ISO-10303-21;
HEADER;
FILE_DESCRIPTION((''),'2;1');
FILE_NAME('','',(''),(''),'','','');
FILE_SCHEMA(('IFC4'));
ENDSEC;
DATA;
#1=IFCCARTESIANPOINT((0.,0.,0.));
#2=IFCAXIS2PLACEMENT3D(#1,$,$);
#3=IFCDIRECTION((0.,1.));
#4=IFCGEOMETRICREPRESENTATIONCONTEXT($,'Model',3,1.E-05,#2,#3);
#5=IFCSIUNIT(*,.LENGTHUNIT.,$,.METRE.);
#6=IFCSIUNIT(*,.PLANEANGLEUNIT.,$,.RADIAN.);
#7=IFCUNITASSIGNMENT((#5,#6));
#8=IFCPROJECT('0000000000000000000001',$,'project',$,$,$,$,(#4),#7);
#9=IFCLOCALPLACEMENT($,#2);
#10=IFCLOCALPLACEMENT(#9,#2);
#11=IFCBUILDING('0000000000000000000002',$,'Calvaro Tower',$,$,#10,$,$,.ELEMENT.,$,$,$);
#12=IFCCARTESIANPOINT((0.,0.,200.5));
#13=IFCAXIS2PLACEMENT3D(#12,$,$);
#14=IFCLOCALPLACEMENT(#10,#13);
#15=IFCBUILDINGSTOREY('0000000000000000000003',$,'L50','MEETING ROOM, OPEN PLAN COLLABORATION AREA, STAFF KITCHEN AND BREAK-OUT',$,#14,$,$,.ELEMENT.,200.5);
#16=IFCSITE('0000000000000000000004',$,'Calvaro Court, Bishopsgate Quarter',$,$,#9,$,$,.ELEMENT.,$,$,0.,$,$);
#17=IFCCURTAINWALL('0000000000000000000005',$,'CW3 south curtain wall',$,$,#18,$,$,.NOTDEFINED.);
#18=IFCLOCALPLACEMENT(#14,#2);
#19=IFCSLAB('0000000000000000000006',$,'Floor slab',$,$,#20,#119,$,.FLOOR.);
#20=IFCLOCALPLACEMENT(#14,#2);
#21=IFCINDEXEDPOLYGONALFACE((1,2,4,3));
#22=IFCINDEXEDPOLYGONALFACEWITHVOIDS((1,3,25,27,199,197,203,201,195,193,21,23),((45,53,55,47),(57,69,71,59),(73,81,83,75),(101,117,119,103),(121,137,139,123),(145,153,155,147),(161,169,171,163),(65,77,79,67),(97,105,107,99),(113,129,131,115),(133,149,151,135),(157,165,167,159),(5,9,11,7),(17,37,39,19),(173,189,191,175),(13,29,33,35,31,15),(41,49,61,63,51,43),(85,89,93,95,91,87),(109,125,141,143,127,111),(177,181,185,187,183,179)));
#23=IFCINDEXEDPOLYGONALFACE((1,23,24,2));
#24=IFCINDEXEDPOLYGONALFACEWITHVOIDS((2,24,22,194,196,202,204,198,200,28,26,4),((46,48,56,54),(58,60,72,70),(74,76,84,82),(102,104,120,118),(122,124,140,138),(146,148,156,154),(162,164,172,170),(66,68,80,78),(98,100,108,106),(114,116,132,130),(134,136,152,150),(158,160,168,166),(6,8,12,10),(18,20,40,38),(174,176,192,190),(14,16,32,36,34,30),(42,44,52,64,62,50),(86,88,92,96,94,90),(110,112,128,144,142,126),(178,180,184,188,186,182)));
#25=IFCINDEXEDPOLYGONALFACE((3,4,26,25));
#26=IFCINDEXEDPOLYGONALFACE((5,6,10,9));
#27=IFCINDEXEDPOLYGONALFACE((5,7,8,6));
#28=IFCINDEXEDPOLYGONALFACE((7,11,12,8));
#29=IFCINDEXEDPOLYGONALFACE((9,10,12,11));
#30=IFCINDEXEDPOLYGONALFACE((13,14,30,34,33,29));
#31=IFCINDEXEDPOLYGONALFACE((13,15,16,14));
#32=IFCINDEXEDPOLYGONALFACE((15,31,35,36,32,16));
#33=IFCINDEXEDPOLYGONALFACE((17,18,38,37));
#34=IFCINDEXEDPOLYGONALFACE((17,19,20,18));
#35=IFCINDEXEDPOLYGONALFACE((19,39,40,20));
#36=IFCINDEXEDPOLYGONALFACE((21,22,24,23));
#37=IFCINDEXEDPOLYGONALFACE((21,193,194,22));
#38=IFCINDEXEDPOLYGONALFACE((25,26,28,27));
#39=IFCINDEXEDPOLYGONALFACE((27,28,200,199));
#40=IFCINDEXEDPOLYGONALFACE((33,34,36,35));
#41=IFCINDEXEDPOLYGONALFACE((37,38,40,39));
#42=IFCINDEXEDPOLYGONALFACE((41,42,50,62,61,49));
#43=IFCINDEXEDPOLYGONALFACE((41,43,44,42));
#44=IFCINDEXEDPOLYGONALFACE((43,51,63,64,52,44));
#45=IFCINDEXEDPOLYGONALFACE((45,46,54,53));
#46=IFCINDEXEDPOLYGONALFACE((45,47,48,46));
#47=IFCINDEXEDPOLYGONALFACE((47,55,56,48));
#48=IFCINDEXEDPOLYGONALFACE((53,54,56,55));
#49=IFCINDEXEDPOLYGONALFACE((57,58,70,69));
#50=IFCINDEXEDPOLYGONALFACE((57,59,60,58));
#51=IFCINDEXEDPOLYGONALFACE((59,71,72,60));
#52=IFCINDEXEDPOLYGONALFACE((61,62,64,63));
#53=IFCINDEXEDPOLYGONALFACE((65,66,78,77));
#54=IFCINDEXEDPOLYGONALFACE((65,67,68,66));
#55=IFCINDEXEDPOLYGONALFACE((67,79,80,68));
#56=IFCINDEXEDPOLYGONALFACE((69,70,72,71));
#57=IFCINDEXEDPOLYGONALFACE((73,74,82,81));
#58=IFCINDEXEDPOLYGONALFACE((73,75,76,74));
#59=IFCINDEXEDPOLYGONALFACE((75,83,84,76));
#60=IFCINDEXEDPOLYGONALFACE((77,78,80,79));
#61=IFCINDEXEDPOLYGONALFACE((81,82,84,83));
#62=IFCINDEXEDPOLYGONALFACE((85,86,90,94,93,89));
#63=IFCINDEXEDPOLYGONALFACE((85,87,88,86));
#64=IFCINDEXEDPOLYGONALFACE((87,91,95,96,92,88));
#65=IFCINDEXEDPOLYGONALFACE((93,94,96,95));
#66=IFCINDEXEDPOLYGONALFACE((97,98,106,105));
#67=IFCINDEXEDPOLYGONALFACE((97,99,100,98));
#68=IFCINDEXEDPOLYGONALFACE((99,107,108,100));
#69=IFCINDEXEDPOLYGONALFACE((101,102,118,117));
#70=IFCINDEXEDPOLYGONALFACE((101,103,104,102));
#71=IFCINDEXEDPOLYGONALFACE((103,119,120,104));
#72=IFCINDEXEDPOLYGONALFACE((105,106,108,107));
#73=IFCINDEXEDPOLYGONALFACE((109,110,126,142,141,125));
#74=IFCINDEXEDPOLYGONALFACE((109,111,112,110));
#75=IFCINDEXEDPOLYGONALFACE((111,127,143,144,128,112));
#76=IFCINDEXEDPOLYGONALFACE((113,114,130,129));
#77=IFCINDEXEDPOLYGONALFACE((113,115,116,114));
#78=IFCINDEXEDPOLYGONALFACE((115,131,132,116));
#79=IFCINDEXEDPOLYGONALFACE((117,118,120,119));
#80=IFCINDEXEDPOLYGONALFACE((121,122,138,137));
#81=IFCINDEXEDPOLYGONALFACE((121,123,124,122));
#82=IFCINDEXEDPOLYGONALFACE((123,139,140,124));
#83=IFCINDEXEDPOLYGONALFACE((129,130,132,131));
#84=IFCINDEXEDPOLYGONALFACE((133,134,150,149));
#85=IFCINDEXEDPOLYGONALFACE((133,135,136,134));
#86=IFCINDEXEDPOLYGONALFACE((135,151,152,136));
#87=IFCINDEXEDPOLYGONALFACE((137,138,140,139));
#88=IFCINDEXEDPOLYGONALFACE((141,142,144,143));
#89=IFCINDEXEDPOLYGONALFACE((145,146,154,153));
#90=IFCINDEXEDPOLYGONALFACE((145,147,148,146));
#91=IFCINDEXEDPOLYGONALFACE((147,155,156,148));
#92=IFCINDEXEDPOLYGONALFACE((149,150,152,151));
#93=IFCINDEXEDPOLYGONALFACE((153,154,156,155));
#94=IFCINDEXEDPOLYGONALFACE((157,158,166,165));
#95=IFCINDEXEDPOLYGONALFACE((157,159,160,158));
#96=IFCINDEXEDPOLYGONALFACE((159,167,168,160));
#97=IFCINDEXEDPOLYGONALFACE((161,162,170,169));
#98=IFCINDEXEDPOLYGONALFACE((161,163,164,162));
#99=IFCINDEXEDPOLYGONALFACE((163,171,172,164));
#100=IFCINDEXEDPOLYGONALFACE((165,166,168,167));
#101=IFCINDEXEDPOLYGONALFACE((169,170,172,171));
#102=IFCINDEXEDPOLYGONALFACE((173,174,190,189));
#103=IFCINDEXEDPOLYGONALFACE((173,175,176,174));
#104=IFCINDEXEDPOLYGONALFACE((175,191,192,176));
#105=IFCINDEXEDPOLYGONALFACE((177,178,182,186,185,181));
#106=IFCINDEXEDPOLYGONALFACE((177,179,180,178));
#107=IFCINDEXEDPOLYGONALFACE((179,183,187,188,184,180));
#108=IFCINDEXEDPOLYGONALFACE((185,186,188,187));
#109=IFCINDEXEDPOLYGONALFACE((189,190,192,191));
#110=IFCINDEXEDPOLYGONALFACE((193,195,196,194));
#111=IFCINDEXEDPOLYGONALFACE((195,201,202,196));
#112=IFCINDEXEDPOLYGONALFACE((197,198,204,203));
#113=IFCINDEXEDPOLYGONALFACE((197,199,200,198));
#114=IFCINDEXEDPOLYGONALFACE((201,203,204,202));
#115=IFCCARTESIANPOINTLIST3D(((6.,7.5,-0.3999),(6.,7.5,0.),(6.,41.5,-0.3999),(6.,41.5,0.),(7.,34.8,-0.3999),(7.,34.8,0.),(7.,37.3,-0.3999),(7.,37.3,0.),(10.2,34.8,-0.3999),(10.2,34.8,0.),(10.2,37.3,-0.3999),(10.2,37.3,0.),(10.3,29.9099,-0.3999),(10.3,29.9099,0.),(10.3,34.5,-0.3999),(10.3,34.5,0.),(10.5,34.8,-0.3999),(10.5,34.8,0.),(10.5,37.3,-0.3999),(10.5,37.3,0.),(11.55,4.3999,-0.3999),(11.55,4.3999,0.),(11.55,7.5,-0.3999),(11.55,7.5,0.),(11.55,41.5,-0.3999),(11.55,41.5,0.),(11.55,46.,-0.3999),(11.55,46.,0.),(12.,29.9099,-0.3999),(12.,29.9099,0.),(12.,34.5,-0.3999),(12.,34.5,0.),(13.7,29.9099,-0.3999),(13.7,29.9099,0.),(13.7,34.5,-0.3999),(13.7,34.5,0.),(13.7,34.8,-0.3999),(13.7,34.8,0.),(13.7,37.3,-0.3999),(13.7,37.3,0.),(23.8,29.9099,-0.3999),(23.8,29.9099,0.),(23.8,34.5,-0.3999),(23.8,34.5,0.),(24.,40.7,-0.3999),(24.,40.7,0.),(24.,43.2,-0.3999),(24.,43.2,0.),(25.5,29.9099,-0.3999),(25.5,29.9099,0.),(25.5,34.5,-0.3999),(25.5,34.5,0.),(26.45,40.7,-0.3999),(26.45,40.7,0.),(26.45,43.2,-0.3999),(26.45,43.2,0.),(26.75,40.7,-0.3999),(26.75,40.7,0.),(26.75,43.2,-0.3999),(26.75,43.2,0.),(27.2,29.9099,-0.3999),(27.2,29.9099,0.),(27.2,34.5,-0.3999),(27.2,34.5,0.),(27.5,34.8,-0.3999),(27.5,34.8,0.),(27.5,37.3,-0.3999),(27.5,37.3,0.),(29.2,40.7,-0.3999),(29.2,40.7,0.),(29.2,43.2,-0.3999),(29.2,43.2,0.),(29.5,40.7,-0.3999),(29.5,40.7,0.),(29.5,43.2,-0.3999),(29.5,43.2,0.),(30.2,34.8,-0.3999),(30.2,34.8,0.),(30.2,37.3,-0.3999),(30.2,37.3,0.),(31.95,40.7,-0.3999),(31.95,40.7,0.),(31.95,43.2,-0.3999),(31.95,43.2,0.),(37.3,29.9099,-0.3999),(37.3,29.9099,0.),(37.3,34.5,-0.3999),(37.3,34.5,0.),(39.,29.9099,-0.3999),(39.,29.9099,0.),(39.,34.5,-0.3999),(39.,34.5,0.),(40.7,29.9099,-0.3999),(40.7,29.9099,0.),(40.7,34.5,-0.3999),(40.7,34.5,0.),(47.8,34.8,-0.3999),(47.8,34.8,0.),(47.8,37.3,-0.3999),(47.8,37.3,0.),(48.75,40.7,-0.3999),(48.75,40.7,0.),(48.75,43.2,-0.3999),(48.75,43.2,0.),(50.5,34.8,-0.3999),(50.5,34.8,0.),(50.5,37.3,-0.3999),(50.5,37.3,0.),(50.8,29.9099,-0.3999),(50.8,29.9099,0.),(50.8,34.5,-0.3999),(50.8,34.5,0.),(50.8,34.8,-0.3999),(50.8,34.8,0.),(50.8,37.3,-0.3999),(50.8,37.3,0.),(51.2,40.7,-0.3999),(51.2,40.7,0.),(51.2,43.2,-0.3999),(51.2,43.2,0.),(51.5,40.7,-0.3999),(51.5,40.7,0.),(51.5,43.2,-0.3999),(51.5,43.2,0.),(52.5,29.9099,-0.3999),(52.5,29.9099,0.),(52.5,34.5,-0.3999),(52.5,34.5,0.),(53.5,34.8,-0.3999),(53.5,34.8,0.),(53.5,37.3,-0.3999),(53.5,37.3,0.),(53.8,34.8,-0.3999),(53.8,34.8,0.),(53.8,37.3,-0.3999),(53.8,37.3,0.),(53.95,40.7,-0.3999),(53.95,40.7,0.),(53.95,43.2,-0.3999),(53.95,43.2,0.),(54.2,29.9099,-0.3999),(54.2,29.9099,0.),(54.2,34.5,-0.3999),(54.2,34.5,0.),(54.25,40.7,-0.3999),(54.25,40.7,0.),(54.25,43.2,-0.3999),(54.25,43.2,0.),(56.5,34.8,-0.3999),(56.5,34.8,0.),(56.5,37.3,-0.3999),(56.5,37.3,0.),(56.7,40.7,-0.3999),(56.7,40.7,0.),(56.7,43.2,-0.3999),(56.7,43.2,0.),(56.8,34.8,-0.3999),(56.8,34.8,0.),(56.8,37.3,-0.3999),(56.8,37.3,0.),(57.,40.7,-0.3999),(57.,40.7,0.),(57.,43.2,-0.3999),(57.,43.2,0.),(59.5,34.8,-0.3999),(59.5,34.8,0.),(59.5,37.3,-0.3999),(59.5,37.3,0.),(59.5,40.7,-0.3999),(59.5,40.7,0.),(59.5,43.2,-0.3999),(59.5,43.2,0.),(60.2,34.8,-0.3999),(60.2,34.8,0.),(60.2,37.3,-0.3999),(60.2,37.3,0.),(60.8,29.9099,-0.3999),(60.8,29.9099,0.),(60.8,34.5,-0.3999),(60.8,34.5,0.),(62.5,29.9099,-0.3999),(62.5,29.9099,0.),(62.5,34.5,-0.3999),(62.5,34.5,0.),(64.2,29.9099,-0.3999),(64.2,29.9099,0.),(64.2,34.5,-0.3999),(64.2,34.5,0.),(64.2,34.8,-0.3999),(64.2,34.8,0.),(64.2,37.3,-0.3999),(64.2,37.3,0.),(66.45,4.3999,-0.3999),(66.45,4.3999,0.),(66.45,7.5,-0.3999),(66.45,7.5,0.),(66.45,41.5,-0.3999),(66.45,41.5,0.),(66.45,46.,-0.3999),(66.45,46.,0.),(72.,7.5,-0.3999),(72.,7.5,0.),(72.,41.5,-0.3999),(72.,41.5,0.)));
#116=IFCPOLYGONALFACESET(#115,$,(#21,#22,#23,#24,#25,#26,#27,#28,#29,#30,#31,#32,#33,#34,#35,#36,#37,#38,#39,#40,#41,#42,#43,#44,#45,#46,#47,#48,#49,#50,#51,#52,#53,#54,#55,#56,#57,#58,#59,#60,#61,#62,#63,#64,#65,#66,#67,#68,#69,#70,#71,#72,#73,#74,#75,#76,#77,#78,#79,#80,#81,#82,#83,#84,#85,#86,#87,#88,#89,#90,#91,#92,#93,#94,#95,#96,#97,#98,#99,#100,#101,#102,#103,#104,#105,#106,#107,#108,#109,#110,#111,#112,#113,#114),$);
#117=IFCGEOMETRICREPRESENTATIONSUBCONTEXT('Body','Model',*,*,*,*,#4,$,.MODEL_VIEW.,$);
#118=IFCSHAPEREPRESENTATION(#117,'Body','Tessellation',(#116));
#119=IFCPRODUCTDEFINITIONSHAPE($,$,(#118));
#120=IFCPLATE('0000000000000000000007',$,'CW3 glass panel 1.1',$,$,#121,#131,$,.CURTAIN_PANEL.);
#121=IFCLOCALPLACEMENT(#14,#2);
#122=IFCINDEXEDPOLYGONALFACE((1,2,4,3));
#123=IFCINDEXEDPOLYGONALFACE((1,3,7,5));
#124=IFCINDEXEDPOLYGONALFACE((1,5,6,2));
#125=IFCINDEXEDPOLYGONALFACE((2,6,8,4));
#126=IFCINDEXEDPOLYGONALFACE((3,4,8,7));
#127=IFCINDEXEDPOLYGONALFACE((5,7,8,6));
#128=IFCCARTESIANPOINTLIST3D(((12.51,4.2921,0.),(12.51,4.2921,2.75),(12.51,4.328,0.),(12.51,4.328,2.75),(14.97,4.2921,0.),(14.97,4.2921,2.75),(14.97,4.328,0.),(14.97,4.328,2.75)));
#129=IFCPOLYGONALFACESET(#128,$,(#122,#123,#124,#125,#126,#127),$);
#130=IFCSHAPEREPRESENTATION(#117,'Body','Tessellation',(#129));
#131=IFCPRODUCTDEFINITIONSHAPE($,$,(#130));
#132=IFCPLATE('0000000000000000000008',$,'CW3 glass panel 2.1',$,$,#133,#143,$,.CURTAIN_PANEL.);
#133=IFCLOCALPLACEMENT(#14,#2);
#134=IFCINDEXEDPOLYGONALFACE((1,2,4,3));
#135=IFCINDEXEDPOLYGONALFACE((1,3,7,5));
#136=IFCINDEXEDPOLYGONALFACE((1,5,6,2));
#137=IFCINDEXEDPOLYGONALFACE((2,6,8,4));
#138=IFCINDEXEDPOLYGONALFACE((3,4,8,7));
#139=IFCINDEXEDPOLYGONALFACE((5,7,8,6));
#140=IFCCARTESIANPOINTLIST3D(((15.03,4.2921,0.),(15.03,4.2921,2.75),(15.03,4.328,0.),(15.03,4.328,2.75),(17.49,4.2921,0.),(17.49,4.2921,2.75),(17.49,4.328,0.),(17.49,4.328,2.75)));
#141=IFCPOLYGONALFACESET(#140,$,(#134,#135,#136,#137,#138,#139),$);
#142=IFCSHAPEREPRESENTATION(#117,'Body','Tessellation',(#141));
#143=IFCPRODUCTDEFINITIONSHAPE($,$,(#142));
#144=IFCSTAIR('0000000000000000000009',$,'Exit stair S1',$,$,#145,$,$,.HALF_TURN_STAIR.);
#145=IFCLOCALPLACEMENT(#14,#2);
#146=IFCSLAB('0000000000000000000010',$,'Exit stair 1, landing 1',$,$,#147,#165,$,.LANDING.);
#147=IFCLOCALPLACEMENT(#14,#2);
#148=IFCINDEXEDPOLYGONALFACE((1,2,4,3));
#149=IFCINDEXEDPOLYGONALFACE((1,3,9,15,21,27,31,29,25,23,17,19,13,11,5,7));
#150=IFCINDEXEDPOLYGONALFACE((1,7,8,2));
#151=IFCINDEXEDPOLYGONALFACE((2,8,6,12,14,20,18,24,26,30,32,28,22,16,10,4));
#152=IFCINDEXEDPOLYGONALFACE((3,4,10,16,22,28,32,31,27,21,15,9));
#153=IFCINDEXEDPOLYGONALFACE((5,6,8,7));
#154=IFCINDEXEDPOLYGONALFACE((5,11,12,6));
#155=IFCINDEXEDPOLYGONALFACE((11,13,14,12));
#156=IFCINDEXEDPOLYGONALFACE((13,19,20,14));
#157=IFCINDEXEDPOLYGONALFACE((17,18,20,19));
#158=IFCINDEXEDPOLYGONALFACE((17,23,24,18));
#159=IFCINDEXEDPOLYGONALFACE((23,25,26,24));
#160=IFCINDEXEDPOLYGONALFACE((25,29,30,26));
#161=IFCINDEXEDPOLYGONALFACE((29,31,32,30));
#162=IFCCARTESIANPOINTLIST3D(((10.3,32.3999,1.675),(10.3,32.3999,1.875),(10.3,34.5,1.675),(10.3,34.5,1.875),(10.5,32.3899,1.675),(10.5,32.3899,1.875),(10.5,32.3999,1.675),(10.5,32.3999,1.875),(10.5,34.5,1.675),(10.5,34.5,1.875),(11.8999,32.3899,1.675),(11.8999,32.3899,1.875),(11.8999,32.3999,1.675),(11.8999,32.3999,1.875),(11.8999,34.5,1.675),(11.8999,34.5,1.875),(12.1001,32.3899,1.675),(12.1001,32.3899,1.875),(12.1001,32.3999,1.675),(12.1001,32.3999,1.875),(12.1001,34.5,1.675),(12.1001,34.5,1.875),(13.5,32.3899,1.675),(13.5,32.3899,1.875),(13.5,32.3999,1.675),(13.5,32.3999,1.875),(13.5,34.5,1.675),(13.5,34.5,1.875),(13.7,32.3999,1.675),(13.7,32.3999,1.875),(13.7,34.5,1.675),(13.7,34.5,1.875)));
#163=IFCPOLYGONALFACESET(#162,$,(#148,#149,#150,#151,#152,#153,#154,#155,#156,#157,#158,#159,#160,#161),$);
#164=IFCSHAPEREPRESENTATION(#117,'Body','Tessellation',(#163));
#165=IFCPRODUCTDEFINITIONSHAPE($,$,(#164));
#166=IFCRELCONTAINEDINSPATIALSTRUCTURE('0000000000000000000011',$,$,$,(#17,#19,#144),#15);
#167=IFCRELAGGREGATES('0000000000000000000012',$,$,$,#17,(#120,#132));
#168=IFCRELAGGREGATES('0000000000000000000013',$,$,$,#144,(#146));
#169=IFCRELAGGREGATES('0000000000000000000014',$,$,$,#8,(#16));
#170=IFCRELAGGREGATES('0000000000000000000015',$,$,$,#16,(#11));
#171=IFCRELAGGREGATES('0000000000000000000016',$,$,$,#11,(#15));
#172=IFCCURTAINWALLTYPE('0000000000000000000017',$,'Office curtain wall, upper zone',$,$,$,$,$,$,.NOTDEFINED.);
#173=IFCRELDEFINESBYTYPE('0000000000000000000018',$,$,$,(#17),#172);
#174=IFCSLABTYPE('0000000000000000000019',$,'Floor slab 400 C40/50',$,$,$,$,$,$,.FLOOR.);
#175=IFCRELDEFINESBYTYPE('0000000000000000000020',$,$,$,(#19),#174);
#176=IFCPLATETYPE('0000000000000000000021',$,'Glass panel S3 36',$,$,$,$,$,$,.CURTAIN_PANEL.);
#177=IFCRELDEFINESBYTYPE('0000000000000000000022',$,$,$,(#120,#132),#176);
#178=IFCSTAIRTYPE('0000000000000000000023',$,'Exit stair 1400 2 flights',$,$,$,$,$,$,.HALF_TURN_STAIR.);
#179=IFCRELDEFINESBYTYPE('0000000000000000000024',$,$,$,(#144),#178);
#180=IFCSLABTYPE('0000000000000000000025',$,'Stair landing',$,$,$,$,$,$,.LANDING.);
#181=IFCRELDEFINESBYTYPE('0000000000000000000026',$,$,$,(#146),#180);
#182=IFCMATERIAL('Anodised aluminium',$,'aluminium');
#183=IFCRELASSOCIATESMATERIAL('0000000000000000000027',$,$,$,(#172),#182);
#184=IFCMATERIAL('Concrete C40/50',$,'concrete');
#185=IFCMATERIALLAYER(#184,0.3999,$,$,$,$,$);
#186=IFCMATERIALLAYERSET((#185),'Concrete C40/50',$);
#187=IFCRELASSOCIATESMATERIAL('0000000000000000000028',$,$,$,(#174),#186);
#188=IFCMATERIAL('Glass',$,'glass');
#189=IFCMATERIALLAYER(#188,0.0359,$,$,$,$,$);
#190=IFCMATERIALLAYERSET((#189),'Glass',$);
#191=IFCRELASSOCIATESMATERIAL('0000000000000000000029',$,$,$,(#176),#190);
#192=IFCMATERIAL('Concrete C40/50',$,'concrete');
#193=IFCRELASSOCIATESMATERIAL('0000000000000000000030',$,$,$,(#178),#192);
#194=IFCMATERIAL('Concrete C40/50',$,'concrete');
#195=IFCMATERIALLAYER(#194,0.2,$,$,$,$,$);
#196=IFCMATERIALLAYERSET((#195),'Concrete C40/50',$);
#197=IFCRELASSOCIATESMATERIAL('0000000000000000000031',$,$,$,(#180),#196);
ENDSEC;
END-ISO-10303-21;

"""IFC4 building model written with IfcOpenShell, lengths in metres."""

from ifc_helpers import new_model, si_unit, direction, frame, origin, origin_2d, place, context, subcontext, project, spatial, polyline, rectangle, outline, extrude, material, layer, layer_set, type_object, element, aggregate, save


model = new_model("IFC4")

# Units and contexts
model_context = context("Model", 3, precision=1e-05, world=origin(), true_north=direction((0.0, 1.0)))
body_context = subcontext(model_context, "Body", "Model", "MODEL_VIEW")
ifc_project = project(units=[si_unit("LENGTHUNIT", "METRE"), si_unit("PLANEANGLEUNIT", "RADIAN")], contexts=[model_context])

# Site, building, storey
site_placement = place(None, origin())
site = spatial("IfcSite", under=ifc_project, at=site_placement, Name="Calvaro Court, Bishopsgate Quarter", CompositionType="ELEMENT", RefElevation=0.0)
building_placement = place(site_placement, origin())
building = spatial("IfcBuilding", under=site, at=building_placement, Name="Calvaro Tower", CompositionType="ELEMENT")
storey_placement = place(building_placement, frame((0.0, 0.0, 200.5)))
storey = spatial("IfcBuildingStorey", under=building, at=storey_placement, Name="L50", Description="MEETING ROOM, OPEN PLAN COLLABORATION AREA, STAFF KITCHEN AND BREAK-OUT", CompositionType="ELEMENT", Elevation=200.5)

# Curtain wall
ifc_material_1 = material(Name="Anodised aluminium", Category="aluminium")
curtain_wall_type = type_object("IfcCurtainWallType", Name="Office curtain wall, upper zone", PredefinedType="NOTDEFINED", material=ifc_material_1)
curtain_wall_1_placement = place(storey_placement, origin())
curtain_wall_1 = element("IfcCurtainWall", 1, at=curtain_wall_1_placement, inside=storey, type_object=curtain_wall_type, Name="CW3 south curtain wall", PredefinedType="NOTDEFINED")

# Slab
ifc_material_2 = material(Name="Concrete C40/50", Category="concrete")
ifc_layer_1 = layer(ifc_material_2, 0.3999)
ifc_layer_set_1 = layer_set([ifc_layer_1], Name="Concrete C40/50")
slab_type_1 = type_object("IfcSlabType", Name="Floor slab 400 C40/50", PredefinedType="FLOOR", material=ifc_layer_set_1)
slab_1_placement = place(storey_placement, frame((0.0, 0.0, -0.3999)))
element("IfcSlab", 2, at=slab_1_placement, inside=storey, type_object=slab_type_1, Name="Floor slab", PredefinedType="FLOOR", context=body_context, shape_type="SweptSolid", body=[
    extrude(outline(polyline([(66.45, 7.5), (66.45, 4.3999), (11.55, 4.3999), (11.55, 7.5), (6.0, 7.5), (6.0, 41.5), (11.55, 41.5), (11.55, 46.0), (66.45, 46.0), (66.45, 41.5), (72.0, 41.5), (72.0, 7.5), (66.45, 7.5)]), holes=[polyline([(10.3, 29.9099), (10.3, 34.5), (12.0, 34.5), (13.7, 34.5), (13.7, 29.9099), (12.0, 29.9099), (10.3, 29.9099)]), polyline([(23.8, 29.9099), (23.8, 34.5), (25.5, 34.5), (27.2, 34.5), (27.2, 29.9099), (25.5, 29.9099), (23.8, 29.9099)]), polyline([(37.3, 29.9099), (37.3, 34.5), (39.0, 34.5), (40.7, 34.5), (40.7, 29.9099), (39.0, 29.9099), (37.3, 29.9099)]), polyline([(50.8, 29.9099), (50.8, 34.5), (52.5, 34.5), (54.2, 34.5), (54.2, 29.9099), (52.5, 29.9099), (50.8, 29.9099)]), polyline([(60.8, 29.9099), (60.8, 34.5), (62.5, 34.5), (64.2, 34.5), (64.2, 29.9099), (62.5, 29.9099), (60.8, 29.9099)]), polyline([(50.8, 34.8), (53.5, 34.8), (53.5, 37.3), (50.8, 37.3), (50.8, 34.8)]), polyline([(53.8, 34.8), (56.5, 34.8), (56.5, 37.3), (53.8, 37.3), (53.8, 34.8)]), polyline([(56.8, 34.8), (59.5, 34.8), (59.5, 37.3), (56.8, 37.3), (56.8, 34.8)]), polyline([(24.0, 40.7), (26.45, 40.7), (26.45, 43.2), (24.0, 43.2), (24.0, 40.7)]), polyline([(26.75, 40.7), (29.2, 40.7), (29.2, 43.2), (26.75, 43.2), (26.75, 40.7)]), polyline([(29.5, 40.7), (31.95, 40.7), (31.95, 43.2), (29.5, 43.2), (29.5, 40.7)]), polyline([(48.75, 40.7), (51.2, 40.7), (51.2, 43.2), (48.75, 43.2), (48.75, 40.7)]), polyline([(51.5, 40.7), (53.95, 40.7), (53.95, 43.2), (51.5, 43.2), (51.5, 40.7)]), polyline([(54.25, 40.7), (56.7, 40.7), (56.7, 43.2), (54.25, 43.2), (54.25, 40.7)]), polyline([(57.0, 40.7), (59.5, 40.7), (59.5, 43.2), (57.0, 43.2), (57.0, 40.7)]), polyline([(7.0, 34.8), (10.2, 34.8), (10.2, 37.3), (7.0, 37.3), (7.0, 34.8)]), polyline([(10.5, 34.8), (13.7, 34.8), (13.7, 37.3), (10.5, 37.3), (10.5, 34.8)]), polyline([(60.2, 34.8), (64.2, 34.8), (64.2, 37.3), (60.2, 37.3), (60.2, 34.8)]), polyline([(27.5, 34.8), (30.2, 34.8), (30.2, 37.3), (27.5, 37.3), (27.5, 34.8)]), polyline([(47.8, 34.8), (50.5, 34.8), (50.5, 37.3), (47.8, 37.3), (47.8, 34.8)])]), origin(), (0.0, 0.0, 1.0), 0.3999),
])

# Plates
ifc_material_3 = material(Name="Glass", Category="glass")
ifc_layer_2 = layer(ifc_material_3, 0.0359)
ifc_layer_set_2 = layer_set([ifc_layer_2], Name="Glass")
plate_type = type_object("IfcPlateType", Name="Glass panel S3 36", PredefinedType="CURTAIN_PANEL", material=ifc_layer_set_2)
plate_1_placement = place(storey_placement, frame((13.74, 4.3101, 0.0), z_axis=(0.0, 0.0, 1.0), x_axis=(1.0, 0.0, 0.0)))
plate_1 = element("IfcPlate", 3, at=plate_1_placement, type_object=plate_type, Name="CW3 glass panel 1.1", PredefinedType="CURTAIN_PANEL", context=body_context, shape_type="SweptSolid", body=[
    extrude(rectangle(XDim=2.46, YDim=0.0359, at=origin_2d()), origin(), (0.0, 0.0, 1.0), 2.75),
])
plate_2_placement = place(storey_placement, frame((16.26, 4.3101, 0.0), z_axis=(0.0, 0.0, 1.0), x_axis=(1.0, 0.0, 0.0)))
plate_2 = element("IfcPlate", 4, at=plate_2_placement, type_object=plate_type, Name="CW3 glass panel 2.1", PredefinedType="CURTAIN_PANEL", context=body_context, shape_type="SweptSolid", body=[
    extrude(rectangle(XDim=2.46, YDim=0.0359, at=origin_2d()), origin(), (0.0, 0.0, 1.0), 2.75),
])
aggregate(curtain_wall_1, [plate_1, plate_2])

# Stair, slab
ifc_material_4 = material(Name="Concrete C40/50", Category="concrete")
stair_type = type_object("IfcStairType", Name="Exit stair 1400 2 flights", PredefinedType="HALF_TURN_STAIR", material=ifc_material_4)
stair_1_placement = place(storey_placement, origin())
stair_1 = element("IfcStair", 5, at=stair_1_placement, inside=storey, type_object=stair_type, Name="Exit stair S1", PredefinedType="HALF_TURN_STAIR")
ifc_material_5 = material(Name="Concrete C40/50", Category="concrete")
ifc_layer_3 = layer(ifc_material_5, 0.2)
ifc_layer_set_3 = layer_set([ifc_layer_3], Name="Concrete C40/50")
slab_type_2 = type_object("IfcSlabType", Name="Stair landing", PredefinedType="LANDING", material=ifc_layer_set_3)
slab_2_placement = place(storey_placement, frame((0.0, 0.0, 1.675)))
slab_2 = element("IfcSlab", 6, at=slab_2_placement, type_object=slab_type_2, Name="Exit stair 1, landing 1", PredefinedType="LANDING", context=body_context, shape_type="SweptSolid", body=[
    extrude(outline(polyline([(11.8999, 32.3899), (10.5, 32.3899), (10.5, 32.3999), (10.3, 32.3999), (10.3, 34.5), (10.5, 34.5), (11.8999, 34.5), (12.1001, 34.5), (13.5, 34.5), (13.7, 34.5), (13.7, 32.3999), (13.5, 32.3999), (13.5, 32.3899), (12.1001, 32.3899), (12.1001, 32.3999), (11.8999, 32.3999), (11.8999, 32.3899)])), origin(), (0.0, 0.0, 1.0), 0.2),
])
aggregate(stair_1, [slab_2])

save(model, "model.ifc")
